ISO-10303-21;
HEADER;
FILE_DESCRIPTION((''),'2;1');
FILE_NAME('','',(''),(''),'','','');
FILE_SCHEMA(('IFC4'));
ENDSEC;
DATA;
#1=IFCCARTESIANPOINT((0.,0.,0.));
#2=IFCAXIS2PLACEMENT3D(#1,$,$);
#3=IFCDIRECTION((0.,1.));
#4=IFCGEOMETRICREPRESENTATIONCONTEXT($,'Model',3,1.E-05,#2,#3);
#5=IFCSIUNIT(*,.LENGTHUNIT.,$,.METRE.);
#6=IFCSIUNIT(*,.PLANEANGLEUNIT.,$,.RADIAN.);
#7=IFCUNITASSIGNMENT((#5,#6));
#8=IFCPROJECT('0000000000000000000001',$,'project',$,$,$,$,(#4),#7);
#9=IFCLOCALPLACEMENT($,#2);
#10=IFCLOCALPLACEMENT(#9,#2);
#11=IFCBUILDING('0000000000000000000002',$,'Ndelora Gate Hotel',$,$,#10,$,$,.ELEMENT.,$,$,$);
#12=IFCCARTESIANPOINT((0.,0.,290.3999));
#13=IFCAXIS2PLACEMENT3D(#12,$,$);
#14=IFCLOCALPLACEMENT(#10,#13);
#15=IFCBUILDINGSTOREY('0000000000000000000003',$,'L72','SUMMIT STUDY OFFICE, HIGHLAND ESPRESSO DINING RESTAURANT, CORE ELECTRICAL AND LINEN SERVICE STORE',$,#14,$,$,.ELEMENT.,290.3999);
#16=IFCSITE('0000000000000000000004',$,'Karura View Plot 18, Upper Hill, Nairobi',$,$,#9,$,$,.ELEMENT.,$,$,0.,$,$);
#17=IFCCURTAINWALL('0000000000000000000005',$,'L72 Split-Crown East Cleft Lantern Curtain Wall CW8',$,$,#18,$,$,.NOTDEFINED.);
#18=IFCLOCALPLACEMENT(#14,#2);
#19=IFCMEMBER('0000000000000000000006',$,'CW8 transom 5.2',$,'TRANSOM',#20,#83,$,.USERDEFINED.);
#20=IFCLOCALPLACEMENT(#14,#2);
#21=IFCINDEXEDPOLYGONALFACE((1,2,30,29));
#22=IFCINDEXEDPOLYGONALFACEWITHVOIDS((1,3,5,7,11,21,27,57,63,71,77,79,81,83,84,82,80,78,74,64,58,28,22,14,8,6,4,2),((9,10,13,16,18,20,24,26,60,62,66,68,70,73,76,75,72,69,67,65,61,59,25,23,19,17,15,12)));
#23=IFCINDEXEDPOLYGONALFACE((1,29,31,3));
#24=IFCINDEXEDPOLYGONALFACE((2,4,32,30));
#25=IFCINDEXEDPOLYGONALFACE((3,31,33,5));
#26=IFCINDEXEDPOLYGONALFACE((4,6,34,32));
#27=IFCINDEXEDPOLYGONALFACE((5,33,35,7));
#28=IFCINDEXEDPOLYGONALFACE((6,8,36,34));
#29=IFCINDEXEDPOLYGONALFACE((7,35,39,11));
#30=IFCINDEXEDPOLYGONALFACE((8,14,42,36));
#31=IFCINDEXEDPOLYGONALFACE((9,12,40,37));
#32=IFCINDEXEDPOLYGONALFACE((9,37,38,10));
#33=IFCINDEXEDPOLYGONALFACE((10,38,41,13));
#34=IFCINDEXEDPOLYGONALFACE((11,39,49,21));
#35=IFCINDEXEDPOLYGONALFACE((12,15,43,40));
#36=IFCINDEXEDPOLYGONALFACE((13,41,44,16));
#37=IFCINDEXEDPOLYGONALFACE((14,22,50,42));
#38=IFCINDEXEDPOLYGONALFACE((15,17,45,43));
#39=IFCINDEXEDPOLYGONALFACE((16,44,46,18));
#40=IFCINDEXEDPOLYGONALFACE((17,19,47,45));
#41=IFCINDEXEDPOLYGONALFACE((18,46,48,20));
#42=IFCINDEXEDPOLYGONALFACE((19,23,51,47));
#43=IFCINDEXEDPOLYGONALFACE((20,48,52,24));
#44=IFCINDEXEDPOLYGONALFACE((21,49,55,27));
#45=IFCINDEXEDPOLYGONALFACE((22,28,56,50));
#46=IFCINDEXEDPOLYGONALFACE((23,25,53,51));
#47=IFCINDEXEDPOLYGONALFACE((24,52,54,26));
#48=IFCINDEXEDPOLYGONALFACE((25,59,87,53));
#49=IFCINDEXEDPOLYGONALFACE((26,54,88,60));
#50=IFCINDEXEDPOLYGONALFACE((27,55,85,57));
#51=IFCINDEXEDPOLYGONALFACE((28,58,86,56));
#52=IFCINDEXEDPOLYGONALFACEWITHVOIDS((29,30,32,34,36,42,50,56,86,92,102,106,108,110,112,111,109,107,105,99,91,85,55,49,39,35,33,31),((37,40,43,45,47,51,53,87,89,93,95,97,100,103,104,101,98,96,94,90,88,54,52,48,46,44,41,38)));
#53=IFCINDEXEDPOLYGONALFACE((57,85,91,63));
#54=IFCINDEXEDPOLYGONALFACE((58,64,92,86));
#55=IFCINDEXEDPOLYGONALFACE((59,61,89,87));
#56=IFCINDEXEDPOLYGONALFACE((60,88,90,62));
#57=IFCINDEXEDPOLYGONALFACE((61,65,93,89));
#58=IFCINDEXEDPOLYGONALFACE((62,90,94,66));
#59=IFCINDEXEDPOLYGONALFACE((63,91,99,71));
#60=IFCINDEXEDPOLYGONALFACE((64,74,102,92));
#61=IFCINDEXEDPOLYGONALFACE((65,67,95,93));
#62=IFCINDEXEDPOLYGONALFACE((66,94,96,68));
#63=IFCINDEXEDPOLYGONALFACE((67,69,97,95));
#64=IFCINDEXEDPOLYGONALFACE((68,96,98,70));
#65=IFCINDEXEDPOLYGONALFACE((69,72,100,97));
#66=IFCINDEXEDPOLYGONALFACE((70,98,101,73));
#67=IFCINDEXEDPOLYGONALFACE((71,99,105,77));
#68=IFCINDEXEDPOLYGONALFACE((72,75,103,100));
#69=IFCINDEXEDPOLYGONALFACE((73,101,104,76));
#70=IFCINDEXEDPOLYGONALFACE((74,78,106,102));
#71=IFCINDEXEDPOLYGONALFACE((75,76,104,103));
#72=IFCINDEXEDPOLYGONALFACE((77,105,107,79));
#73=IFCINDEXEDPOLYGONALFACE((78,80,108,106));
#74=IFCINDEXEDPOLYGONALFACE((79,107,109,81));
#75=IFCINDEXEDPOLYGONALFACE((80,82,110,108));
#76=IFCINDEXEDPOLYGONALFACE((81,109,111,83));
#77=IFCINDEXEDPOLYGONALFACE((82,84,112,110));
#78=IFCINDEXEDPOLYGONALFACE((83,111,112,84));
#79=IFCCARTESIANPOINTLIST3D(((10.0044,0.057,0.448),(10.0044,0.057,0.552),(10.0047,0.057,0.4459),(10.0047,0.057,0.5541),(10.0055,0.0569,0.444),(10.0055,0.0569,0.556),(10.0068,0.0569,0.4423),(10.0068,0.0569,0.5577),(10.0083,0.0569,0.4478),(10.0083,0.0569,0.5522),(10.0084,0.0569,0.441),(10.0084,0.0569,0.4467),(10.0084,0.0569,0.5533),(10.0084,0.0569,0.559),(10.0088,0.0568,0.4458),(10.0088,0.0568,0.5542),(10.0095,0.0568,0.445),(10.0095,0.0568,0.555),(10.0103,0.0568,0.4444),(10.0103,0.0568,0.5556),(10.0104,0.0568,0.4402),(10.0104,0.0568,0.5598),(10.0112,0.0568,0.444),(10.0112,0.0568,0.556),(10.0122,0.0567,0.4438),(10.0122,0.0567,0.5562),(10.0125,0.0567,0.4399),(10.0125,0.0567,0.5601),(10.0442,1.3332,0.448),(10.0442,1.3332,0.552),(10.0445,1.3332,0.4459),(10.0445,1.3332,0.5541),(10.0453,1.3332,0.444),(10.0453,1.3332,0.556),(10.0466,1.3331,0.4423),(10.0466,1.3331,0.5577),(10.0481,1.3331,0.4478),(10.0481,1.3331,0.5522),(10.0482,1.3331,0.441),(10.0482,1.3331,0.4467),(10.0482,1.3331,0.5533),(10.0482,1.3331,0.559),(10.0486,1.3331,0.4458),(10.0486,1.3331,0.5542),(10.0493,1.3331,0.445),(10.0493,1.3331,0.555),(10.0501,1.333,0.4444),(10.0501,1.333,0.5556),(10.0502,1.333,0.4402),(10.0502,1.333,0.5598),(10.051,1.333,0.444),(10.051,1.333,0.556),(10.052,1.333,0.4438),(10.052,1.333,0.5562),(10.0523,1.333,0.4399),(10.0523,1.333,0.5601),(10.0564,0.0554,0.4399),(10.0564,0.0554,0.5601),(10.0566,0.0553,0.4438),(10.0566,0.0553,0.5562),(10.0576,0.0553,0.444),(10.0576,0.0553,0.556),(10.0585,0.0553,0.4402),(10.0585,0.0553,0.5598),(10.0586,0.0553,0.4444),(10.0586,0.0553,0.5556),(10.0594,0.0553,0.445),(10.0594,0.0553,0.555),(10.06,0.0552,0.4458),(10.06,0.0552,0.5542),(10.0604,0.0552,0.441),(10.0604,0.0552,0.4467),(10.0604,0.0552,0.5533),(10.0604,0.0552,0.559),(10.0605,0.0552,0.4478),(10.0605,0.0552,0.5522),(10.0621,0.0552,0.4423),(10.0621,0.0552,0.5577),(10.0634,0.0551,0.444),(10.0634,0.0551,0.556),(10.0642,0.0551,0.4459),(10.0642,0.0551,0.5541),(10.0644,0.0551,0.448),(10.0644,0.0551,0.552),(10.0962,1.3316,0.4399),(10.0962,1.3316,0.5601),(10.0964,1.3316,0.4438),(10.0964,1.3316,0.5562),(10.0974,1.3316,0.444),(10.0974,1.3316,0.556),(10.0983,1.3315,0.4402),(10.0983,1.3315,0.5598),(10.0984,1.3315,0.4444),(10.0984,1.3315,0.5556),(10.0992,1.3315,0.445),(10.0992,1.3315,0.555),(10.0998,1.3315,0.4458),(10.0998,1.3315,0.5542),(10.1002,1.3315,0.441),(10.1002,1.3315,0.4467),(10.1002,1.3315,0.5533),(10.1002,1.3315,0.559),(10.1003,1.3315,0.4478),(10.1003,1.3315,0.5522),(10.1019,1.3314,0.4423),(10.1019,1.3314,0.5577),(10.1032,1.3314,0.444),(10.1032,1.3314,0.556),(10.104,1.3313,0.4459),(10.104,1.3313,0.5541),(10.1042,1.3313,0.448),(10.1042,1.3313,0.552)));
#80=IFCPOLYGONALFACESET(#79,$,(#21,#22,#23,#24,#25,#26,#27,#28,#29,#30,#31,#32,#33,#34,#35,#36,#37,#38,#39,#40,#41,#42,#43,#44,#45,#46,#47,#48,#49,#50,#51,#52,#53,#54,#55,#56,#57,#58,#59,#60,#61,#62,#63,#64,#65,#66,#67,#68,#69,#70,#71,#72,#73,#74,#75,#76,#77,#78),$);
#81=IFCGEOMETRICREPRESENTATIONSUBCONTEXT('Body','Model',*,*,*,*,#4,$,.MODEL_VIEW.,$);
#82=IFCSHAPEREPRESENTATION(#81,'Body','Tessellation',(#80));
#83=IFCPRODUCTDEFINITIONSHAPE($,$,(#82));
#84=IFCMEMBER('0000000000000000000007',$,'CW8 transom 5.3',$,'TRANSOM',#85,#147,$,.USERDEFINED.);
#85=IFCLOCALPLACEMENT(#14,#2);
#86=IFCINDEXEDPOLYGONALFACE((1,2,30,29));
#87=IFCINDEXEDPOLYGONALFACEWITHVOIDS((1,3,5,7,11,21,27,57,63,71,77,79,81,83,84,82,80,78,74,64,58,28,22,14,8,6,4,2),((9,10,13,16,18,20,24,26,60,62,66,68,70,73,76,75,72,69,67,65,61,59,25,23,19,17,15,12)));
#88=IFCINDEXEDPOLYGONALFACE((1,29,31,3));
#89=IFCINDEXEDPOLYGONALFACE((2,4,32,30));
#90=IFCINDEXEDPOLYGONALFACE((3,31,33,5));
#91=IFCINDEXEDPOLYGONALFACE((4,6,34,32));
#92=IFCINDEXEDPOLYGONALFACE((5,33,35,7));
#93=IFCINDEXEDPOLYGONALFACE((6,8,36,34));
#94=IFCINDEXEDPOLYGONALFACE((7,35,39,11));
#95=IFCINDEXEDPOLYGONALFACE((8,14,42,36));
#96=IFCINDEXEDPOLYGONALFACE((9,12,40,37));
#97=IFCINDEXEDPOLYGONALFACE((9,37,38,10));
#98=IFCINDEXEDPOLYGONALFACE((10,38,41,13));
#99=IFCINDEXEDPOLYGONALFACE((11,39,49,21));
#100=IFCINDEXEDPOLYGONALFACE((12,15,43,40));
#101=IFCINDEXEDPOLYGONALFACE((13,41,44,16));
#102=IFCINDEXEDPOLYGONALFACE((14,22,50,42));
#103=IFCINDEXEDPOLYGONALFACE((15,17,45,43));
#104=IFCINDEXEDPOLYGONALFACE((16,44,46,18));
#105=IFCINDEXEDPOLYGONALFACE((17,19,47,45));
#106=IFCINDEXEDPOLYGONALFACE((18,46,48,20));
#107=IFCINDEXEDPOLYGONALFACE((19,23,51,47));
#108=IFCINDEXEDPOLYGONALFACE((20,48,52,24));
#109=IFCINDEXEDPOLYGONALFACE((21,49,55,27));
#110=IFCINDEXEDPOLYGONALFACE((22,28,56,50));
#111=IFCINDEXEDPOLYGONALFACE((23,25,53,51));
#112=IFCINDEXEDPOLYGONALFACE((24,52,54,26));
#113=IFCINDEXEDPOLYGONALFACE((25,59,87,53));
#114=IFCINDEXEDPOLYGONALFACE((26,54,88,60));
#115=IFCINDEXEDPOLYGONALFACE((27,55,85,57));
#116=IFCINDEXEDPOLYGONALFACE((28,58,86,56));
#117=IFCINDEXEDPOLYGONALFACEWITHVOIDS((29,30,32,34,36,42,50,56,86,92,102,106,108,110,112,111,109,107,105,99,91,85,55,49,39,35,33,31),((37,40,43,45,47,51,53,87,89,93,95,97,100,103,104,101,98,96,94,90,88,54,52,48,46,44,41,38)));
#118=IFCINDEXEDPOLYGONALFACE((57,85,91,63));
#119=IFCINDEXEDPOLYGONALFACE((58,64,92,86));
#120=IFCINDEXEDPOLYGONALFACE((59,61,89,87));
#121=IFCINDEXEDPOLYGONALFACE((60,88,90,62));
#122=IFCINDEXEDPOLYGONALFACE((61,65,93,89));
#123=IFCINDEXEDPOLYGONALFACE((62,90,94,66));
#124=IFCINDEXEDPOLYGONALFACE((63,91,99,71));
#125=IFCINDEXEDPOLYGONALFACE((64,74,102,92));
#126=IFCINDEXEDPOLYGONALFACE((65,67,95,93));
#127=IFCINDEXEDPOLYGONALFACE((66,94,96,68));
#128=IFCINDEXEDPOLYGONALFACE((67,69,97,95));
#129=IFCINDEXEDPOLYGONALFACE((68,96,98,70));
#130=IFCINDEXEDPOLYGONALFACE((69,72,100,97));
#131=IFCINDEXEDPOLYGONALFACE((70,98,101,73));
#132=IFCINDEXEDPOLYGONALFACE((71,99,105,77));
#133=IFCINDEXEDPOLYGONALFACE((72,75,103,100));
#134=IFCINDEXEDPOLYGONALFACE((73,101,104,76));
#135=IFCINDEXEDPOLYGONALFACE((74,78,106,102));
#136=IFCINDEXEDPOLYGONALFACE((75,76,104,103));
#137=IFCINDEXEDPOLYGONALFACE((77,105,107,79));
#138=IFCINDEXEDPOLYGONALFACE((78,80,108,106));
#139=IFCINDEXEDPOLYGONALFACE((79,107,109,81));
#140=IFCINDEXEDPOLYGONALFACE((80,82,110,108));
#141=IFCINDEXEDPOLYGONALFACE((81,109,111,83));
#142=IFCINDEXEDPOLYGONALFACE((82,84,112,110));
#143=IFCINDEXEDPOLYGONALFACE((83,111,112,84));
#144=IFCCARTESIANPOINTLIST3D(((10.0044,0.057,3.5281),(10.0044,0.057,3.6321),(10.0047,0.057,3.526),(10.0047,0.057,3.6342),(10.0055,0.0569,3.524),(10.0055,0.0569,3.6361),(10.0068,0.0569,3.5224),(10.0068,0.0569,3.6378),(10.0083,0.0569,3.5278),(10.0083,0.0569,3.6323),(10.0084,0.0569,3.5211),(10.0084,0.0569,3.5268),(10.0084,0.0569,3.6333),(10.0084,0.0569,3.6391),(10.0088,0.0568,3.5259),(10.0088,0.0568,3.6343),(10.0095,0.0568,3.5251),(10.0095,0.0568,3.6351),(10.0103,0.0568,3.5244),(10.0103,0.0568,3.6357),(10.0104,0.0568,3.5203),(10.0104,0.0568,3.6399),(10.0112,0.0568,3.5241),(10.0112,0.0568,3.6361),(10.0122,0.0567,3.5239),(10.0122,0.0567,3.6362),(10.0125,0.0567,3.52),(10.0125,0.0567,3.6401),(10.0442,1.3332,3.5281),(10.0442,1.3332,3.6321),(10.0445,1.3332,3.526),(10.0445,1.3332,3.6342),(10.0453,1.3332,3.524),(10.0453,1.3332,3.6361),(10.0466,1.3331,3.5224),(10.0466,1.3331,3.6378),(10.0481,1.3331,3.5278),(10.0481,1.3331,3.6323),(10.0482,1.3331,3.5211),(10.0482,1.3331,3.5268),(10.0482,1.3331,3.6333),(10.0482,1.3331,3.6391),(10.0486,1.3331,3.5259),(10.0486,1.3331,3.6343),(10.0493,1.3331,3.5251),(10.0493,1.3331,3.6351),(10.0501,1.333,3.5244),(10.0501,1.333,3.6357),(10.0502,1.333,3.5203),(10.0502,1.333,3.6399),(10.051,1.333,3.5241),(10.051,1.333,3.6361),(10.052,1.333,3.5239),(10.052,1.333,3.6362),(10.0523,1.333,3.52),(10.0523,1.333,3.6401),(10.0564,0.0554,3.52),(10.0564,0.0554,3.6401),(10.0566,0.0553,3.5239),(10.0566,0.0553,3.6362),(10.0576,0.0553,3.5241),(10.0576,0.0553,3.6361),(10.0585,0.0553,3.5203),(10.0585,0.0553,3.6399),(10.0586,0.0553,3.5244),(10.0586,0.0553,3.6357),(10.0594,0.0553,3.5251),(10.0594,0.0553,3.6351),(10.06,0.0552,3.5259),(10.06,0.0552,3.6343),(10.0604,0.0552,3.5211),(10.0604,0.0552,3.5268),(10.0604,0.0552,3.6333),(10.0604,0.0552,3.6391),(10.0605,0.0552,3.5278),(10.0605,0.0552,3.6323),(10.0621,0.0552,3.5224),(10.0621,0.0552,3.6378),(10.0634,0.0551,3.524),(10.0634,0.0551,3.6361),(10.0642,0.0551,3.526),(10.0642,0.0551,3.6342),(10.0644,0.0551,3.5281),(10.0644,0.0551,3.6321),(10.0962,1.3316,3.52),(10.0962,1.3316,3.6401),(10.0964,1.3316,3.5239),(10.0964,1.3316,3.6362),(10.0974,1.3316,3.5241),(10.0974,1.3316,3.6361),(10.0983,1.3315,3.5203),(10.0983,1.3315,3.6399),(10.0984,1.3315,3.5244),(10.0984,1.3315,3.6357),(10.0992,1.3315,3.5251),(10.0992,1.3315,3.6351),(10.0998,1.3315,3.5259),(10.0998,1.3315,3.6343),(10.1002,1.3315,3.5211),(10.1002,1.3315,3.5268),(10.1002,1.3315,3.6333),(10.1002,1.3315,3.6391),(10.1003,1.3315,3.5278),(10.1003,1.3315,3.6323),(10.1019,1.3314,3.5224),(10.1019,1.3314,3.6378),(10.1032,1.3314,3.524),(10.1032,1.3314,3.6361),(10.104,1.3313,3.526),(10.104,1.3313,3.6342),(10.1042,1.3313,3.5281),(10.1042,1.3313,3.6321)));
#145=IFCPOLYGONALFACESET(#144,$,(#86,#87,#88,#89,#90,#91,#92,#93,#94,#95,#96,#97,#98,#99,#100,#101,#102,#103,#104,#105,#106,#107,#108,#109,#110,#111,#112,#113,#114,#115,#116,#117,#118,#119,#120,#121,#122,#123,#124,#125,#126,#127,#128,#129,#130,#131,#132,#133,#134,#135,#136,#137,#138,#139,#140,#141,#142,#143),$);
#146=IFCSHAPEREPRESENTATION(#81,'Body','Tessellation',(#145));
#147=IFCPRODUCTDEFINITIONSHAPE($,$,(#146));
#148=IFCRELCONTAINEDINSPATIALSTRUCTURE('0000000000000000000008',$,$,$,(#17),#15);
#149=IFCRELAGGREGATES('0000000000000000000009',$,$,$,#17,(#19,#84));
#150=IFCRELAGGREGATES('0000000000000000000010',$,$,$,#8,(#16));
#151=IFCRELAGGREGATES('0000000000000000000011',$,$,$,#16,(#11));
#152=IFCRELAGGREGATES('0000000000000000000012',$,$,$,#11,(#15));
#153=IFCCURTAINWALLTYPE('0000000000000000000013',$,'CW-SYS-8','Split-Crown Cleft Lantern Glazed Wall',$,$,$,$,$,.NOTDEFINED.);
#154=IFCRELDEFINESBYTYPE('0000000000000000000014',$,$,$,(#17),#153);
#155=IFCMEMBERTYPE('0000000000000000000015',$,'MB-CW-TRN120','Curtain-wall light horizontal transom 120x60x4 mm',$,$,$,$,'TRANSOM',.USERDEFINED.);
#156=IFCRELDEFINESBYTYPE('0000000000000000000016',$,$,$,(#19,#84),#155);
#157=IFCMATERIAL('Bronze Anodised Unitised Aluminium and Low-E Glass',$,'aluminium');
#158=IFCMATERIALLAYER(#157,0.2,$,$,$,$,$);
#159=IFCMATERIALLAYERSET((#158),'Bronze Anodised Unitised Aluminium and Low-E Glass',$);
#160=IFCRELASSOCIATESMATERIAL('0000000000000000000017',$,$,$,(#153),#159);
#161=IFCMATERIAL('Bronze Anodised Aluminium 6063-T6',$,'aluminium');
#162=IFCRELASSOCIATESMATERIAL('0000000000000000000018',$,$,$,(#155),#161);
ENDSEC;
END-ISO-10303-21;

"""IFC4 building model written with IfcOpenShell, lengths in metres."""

from ifc_helpers import new_model, si_unit, direction, frame, origin, origin_2d, place, context, subcontext, project, spatial, hollow_rectangle, extrude, material, layer, layer_set, material_profile, profile_set, type_object, element, aggregate, save


model = new_model("IFC4")

# Units and contexts
model_context = context("Model", 3, precision=1e-05, world=origin(), true_north=direction((0.0, 1.0)))
body_context = subcontext(model_context, "Body", "Model", "MODEL_VIEW")
ifc_project = project(units=[si_unit("LENGTHUNIT", "METRE"), si_unit("PLANEANGLEUNIT", "RADIAN")], contexts=[model_context])

# Site, building, storey
site_placement = place(None, origin())
site = spatial("IfcSite", under=ifc_project, at=site_placement, Name="Karura View Plot 18, Upper Hill, Nairobi", CompositionType="ELEMENT", RefElevation=0.0)
building_placement = place(site_placement, origin())
building = spatial("IfcBuilding", under=site, at=building_placement, Name="Ndelora Gate Hotel", CompositionType="ELEMENT")
storey_placement = place(building_placement, frame((0.0, 0.0, 290.3999)))
storey = spatial("IfcBuildingStorey", under=building, at=storey_placement, Name="L72", Description="SUMMIT STUDY OFFICE, HIGHLAND ESPRESSO DINING RESTAURANT, CORE ELECTRICAL AND LINEN SERVICE STORE", CompositionType="ELEMENT", Elevation=290.3999)

# Curtain wall, members
ifc_material_1 = material(Name="Bronze Anodised Unitised Aluminium and Low-E Glass", Category="aluminium")
ifc_layer_1 = layer(ifc_material_1, 0.2)
ifc_layer_set_1 = layer_set([ifc_layer_1], Name="Bronze Anodised Unitised Aluminium and Low-E Glass")
curtain_wall_type = type_object("IfcCurtainWallType", Name="CW-SYS-8", Description="Split-Crown Cleft Lantern Glazed Wall", PredefinedType="NOTDEFINED", material=ifc_layer_set_1)
curtain_wall_placement = place(storey_placement, origin())
curtain_wall = element("IfcCurtainWall", 1, at=curtain_wall_placement, inside=storey, type_object=curtain_wall_type, Name="L72 Split-Crown East Cleft Lantern Curtain Wall CW8", PredefinedType="NOTDEFINED")
ifc_material_2 = material(Name="Bronze Anodised Aluminium 6063-T6", Category="aluminium")
ifc_material_profile_1 = material_profile(ifc_material_2, hollow_rectangle(XDim=0.0601, YDim=0.1201, WallThickness=0.0039, InnerFilletRadius=0.0039, OuterFilletRadius=0.0081, at=origin_2d()), Name="ALU 120x60x4")
ifc_profile_set_1 = profile_set([ifc_material_profile_1], Name="Bronze Anodised Aluminium 6063-T6")
member_type_1 = type_object("IfcMemberType", Name="MB-CW-TRN120", Description="Curtain-wall light horizontal transom 120x60x4 mm", ElementType="TRANSOM", PredefinedType="USERDEFINED", material=ifc_profile_set_1)
member_1_placement = place(storey_placement, frame((10.0742, 1.3323, 0.5), z_axis=(-0.031169, -0.999514, 0.0), x_axis=(0.999514, -0.031169, 0.0)))
member_1 = element("IfcMember", 2, at=member_1_placement, type_object=member_type_1, Name="CW8 transom 5.2", ObjectType="TRANSOM", PredefinedType="USERDEFINED", context=body_context, shape_type="SweptSolid", body=[
    extrude(hollow_rectangle(XDim=0.0601, YDim=0.1201, WallThickness=0.0039, InnerFilletRadius=0.0039, OuterFilletRadius=0.0081, at=origin_2d()), origin(), (0.0, 0.0, 1.0), 1.2769),
])
member_2_placement = place(storey_placement, frame((10.0742, 1.3323, 3.5801), z_axis=(-0.031169, -0.999514, 0.0), x_axis=(0.999514, -0.031169, 0.0)))
member_2 = element("IfcMember", 3, at=member_2_placement, type_object=member_type_1, Name="CW8 transom 5.3", ObjectType="TRANSOM", PredefinedType="USERDEFINED", context=body_context, shape_type="SweptSolid", body=[
    extrude(hollow_rectangle(XDim=0.0601, YDim=0.1201, WallThickness=0.0039, InnerFilletRadius=0.0039, OuterFilletRadius=0.0081, at=origin_2d()), origin(), (0.0, 0.0, 1.0), 1.2769),
])
aggregate(curtain_wall, [member_1, member_2])

save(model, "model.ifc")
